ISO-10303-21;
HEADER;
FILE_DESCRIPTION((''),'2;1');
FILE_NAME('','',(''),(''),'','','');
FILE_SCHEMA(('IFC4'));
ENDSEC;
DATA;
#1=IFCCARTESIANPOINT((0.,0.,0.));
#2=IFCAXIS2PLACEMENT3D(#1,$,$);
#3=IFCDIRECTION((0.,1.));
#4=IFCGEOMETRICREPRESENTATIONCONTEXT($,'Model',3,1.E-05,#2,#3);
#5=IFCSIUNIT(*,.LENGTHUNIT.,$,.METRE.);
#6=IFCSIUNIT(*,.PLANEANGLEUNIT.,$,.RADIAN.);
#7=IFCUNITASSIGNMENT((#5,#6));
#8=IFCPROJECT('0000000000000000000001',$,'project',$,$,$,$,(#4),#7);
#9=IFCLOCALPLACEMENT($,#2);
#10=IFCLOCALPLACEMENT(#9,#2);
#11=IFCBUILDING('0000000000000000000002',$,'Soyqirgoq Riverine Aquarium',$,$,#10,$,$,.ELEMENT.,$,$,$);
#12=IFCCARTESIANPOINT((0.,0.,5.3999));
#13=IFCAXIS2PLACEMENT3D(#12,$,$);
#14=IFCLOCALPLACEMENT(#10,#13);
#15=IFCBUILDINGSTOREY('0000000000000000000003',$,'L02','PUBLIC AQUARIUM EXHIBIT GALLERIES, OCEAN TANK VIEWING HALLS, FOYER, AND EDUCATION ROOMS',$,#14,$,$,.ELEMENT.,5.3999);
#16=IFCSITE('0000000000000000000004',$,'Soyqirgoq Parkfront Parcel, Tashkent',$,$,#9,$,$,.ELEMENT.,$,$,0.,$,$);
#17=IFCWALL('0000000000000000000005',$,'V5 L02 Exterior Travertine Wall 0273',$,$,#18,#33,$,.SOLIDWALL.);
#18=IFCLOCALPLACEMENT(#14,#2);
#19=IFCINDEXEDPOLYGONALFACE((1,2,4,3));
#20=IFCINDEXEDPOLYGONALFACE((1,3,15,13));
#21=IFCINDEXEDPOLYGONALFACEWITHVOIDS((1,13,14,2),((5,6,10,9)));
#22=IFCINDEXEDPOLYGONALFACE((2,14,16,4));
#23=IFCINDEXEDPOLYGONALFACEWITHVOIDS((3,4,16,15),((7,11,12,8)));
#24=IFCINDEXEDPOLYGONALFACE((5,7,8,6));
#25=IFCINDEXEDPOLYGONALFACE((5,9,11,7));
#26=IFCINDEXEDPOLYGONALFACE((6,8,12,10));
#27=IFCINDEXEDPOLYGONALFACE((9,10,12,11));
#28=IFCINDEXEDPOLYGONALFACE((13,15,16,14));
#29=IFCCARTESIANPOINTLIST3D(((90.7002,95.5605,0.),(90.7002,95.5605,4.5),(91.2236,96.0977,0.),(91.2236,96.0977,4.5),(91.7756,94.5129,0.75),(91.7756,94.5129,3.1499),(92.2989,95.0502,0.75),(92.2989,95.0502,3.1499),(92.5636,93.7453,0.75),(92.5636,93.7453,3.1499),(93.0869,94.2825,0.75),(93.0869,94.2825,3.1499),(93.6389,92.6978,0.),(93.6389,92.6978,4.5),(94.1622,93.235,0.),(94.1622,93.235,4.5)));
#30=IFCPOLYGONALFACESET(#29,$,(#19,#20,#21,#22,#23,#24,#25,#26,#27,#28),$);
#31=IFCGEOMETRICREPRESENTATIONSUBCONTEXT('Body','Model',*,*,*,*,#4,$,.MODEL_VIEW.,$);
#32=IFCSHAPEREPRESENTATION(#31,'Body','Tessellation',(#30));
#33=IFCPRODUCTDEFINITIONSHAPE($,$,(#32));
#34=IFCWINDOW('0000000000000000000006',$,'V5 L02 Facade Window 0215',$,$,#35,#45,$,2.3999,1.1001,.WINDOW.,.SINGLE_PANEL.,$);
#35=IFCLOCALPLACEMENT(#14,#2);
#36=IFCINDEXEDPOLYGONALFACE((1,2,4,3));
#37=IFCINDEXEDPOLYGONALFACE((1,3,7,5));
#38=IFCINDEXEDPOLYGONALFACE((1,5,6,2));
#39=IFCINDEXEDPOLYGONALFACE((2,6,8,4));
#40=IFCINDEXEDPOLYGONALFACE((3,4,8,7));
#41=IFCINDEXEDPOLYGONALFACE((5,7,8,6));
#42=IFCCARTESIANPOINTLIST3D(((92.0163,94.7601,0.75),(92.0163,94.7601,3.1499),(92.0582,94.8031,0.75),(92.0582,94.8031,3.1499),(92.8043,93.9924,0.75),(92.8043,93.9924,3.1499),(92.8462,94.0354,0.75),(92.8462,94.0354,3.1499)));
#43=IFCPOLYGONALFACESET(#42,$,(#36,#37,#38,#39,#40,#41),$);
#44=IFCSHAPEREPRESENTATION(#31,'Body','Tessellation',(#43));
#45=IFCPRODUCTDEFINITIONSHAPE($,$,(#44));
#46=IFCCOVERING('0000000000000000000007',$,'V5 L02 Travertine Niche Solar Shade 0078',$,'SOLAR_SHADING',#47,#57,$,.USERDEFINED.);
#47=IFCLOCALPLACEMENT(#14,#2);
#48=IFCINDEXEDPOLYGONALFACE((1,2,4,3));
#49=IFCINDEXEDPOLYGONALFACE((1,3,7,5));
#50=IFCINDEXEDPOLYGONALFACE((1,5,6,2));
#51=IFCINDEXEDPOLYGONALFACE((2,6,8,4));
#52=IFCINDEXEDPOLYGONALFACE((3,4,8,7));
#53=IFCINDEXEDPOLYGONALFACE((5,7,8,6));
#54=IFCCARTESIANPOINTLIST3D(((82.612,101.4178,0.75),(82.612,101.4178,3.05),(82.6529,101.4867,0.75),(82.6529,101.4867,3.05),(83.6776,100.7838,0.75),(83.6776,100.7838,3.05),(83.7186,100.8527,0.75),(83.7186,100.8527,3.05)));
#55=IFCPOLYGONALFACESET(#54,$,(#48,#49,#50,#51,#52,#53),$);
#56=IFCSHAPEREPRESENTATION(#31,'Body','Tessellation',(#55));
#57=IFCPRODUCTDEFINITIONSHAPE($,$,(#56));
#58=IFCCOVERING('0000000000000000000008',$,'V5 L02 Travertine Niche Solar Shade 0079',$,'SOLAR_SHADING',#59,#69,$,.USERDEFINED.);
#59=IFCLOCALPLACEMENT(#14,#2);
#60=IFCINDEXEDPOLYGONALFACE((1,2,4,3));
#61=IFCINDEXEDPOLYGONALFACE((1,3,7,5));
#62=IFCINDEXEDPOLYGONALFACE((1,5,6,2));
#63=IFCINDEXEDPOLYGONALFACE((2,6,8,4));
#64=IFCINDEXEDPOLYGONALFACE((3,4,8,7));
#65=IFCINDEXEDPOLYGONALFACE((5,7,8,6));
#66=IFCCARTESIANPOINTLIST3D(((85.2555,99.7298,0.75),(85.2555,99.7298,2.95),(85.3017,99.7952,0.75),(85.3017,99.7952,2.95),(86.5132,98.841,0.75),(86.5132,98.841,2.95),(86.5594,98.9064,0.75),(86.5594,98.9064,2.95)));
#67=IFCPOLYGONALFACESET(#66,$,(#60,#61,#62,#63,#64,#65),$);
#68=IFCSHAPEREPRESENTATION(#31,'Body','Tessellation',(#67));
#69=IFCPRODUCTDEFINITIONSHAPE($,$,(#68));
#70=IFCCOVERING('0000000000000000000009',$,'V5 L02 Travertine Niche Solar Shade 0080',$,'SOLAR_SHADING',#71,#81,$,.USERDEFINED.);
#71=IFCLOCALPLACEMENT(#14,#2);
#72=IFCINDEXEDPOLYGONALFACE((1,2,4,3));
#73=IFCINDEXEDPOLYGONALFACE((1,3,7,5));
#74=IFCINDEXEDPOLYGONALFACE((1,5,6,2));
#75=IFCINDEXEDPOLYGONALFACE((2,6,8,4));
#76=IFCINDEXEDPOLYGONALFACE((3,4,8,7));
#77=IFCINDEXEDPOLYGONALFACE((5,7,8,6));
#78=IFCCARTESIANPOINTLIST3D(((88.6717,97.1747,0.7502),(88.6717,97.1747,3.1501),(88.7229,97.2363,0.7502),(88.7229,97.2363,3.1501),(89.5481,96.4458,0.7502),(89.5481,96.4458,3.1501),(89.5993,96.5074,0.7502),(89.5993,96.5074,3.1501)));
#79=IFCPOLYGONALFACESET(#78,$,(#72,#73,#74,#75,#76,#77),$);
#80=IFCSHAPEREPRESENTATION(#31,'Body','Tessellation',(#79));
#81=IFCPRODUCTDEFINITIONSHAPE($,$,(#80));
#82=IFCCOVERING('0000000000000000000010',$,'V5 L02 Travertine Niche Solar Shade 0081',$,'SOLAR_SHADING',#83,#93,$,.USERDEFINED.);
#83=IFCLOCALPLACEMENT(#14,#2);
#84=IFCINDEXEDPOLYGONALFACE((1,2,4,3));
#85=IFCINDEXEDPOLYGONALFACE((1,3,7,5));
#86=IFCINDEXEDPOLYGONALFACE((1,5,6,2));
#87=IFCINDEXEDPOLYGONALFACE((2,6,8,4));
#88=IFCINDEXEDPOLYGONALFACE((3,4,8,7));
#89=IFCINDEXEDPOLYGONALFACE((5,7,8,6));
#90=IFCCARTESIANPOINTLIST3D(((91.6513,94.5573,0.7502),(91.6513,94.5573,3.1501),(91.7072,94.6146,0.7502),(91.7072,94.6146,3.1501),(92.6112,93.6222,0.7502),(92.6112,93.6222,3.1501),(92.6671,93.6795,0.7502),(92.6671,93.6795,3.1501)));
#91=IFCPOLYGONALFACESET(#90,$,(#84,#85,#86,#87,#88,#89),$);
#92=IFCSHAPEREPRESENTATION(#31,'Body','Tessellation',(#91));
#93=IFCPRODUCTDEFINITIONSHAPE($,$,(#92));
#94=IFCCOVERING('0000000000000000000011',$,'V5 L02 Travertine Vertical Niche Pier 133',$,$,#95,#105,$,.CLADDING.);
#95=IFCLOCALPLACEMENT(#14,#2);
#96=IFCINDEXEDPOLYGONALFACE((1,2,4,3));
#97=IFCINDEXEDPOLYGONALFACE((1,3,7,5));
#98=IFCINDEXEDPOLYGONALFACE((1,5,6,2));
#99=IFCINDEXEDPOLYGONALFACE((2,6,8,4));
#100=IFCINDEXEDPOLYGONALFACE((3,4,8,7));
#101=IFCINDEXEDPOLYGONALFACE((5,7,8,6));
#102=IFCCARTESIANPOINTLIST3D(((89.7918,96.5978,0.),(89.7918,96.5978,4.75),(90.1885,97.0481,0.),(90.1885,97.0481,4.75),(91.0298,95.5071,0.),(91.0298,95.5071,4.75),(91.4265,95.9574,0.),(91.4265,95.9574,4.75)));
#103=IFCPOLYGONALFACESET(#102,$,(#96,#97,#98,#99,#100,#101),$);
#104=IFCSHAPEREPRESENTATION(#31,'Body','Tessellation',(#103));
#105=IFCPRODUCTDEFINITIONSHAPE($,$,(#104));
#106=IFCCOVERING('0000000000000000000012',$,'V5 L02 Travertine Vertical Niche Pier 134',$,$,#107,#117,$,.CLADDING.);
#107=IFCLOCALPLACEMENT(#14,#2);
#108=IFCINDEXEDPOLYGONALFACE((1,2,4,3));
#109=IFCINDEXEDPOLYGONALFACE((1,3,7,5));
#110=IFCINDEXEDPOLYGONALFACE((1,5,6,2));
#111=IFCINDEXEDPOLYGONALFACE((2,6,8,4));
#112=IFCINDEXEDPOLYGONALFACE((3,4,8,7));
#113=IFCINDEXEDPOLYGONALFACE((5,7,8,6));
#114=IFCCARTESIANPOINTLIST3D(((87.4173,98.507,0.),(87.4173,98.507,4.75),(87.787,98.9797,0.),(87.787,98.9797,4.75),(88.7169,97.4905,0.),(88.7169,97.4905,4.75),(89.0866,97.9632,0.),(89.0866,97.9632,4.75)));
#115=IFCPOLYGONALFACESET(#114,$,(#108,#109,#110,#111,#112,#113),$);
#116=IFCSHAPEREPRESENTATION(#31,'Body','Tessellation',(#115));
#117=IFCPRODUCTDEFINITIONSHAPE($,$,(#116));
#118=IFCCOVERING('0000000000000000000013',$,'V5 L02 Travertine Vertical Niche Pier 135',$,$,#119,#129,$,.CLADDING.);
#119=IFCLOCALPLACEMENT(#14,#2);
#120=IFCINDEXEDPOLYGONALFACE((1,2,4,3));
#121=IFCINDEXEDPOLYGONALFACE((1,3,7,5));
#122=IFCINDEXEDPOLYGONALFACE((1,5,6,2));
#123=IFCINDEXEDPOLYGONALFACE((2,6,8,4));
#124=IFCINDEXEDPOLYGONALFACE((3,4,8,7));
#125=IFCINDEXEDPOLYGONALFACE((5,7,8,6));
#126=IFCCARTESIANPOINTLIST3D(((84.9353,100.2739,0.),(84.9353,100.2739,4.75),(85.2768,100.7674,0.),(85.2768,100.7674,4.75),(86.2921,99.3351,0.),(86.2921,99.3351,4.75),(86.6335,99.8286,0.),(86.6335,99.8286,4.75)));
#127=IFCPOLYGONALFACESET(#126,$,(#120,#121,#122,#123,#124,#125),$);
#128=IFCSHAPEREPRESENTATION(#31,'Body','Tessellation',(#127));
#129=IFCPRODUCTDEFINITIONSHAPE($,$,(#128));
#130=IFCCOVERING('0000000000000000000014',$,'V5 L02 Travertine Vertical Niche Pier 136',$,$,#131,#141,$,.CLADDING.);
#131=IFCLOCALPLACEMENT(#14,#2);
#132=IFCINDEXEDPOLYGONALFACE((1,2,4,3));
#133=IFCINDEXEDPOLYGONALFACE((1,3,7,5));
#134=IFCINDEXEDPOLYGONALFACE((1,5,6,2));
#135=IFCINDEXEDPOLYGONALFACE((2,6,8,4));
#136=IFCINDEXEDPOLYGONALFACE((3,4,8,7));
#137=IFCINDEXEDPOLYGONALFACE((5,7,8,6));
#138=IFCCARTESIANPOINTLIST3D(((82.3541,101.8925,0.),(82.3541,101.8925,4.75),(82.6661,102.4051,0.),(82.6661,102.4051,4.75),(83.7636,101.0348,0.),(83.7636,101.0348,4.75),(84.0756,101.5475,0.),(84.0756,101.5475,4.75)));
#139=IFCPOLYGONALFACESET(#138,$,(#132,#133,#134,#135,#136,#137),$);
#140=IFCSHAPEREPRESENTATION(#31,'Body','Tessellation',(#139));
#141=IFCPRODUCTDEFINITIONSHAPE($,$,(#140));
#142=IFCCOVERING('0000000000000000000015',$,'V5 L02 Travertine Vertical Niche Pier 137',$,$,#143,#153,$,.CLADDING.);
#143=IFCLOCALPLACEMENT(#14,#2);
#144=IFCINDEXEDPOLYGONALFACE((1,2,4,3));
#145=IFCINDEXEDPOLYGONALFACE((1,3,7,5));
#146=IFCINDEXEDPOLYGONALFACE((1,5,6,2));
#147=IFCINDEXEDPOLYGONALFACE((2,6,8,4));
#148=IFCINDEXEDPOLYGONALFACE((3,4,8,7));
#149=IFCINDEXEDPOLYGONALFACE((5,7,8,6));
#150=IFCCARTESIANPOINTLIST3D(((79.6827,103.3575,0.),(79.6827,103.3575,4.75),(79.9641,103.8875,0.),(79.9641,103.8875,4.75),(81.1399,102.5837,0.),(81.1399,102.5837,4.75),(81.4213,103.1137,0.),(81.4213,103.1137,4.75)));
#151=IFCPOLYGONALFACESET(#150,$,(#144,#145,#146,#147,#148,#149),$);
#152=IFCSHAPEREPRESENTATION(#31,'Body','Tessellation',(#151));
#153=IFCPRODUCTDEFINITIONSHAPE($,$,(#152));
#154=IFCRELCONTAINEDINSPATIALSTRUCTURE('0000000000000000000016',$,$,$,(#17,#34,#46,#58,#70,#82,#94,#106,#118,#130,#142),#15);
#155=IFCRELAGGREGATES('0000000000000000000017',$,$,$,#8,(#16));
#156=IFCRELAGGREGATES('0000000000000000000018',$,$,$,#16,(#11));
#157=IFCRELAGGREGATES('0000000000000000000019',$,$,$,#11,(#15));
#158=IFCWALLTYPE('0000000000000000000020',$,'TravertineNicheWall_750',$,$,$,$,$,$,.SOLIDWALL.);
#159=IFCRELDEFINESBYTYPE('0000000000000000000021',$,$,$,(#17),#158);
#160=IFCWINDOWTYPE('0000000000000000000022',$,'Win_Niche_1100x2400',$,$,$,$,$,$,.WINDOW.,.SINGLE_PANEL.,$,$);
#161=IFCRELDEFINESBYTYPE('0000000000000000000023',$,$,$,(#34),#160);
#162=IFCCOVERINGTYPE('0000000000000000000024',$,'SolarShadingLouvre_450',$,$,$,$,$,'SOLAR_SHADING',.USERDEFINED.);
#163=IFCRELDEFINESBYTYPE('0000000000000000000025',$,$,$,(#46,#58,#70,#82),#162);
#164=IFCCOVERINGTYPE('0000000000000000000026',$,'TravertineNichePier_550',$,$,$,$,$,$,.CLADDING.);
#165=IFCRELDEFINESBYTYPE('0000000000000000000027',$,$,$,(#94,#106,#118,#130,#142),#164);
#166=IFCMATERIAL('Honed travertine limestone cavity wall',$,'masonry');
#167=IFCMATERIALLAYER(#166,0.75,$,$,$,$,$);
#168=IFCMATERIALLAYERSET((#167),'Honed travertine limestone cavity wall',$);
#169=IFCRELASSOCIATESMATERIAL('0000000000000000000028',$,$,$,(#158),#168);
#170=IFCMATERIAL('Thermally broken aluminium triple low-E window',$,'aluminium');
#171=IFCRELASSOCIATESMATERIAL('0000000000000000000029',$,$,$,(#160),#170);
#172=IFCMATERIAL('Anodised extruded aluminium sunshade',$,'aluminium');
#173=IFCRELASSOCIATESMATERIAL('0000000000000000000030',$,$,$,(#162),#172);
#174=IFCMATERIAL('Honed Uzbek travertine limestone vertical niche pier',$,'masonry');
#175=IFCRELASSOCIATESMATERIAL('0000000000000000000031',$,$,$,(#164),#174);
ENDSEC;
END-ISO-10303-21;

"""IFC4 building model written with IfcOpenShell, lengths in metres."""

from ifc_helpers import new_model, si_unit, direction, frame, frame_2d, origin, origin_2d, place, context, subcontext, project, spatial, rectangle, extrude, material, layer, layer_set, type_object, element, fill, save


model = new_model("IFC4")

# Units and contexts
model_context = context("Model", 3, precision=1e-05, world=origin(), true_north=direction((0.0, 1.0)))
body_context = subcontext(model_context, "Body", "Model", "MODEL_VIEW")
ifc_project = project(units=[si_unit("LENGTHUNIT", "METRE"), si_unit("PLANEANGLEUNIT", "RADIAN")], contexts=[model_context])

# Site, building, storey
site_placement = place(None, origin())
site = spatial("IfcSite", under=ifc_project, at=site_placement, Name="Soyqirgoq Parkfront Parcel, Tashkent", CompositionType="ELEMENT", RefElevation=0.0)
building_placement = place(site_placement, origin())
building = spatial("IfcBuilding", under=site, at=building_placement, Name="Soyqirgoq Riverine Aquarium", CompositionType="ELEMENT")
storey_placement = place(building_placement, frame((0.0, 0.0, 5.3999)))
storey = spatial("IfcBuildingStorey", under=building, at=storey_placement, Name="L02", Description="PUBLIC AQUARIUM EXHIBIT GALLERIES, OCEAN TANK VIEWING HALLS, FOYER, AND EDUCATION ROOMS", CompositionType="ELEMENT", Elevation=5.3999)

# Wall, opening, window
ifc_material_1 = material(Name="Honed travertine limestone cavity wall", Category="masonry")
ifc_layer = layer(ifc_material_1, 0.75)
ifc_layer_set = layer_set([ifc_layer], Name="Honed travertine limestone cavity wall")
wall_type = type_object("IfcWallType", Name="TravertineNicheWall_750", PredefinedType="SOLIDWALL", material=ifc_layer_set)
wall_1_placement = place(storey_placement, frame((90.9619, 95.8291, 0.0), z_axis=(0.0, 0.0, 1.0), x_axis=(0.7163, -0.697793, 0.0)))
wall_1 = element("IfcWall", 1, at=wall_1_placement, inside=storey, type_object=wall_type, Name="V5 L02 Exterior Travertine Wall 0273", PredefinedType="SOLIDWALL", context=body_context, shape_type="SweptSolid", body=[
    extrude(rectangle(XDim=4.1025, YDim=0.75, at=frame_2d((2.0513, 0.0))), origin(), (0.0, 0.0, 1.0), 4.5),
])
opening_1_placement = place(wall_1_placement, frame((1.5012, 0.0, 0.75)))
opening_1 = element("IfcOpeningElement", 2, at=opening_1_placement, cuts=wall_1, PredefinedType="OPENING", context=body_context, shape_type="SweptSolid", body=[
    extrude(rectangle(XDim=1.1001, YDim=2.3999, at=frame_2d((0.55, 1.2))), frame((0.0, 0.385, 0.0), z_axis=(0.0, -1.0, 0.0), x_axis=(1.0, 0.0, 0.0)), (0.0, 0.0, 1.0), 0.77),
])
ifc_material_2 = material(Name="Thermally broken aluminium triple low-E window", Category="aluminium")
window_type_1 = type_object("IfcWindowType", Name="Win_Niche_1100x2400", PartitioningType="SINGLE_PANEL", PredefinedType="WINDOW", material=ifc_material_2)
window_1_placement = place(opening_1_placement, origin())
window_1 = element("IfcWindow", 3, at=window_1_placement, inside=storey, type_object=window_type_1, Name="V5 L02 Facade Window 0215", OverallHeight=2.3999, OverallWidth=1.1001, PartitioningType="SINGLE_PANEL", PredefinedType="WINDOW", context=body_context, shape_type="SweptSolid", body=[
    extrude(rectangle(XDim=1.1001, YDim=2.3999, at=frame_2d((0.55, 1.2))), frame((0.0, 0.03, 0.0), z_axis=(0.0, -1.0, 0.0), x_axis=(1.0, 0.0, 0.0)), (0.0, 0.0, 1.0), 0.0601),
])
fill(opening_1, window_1)

# Coverings
ifc_material_3 = material(Name="Anodised extruded aluminium sunshade", Category="aluminium")
covering_type_1 = type_object("IfcCoveringType", Name="SolarShadingLouvre_450", ElementType="SOLAR_SHADING", PredefinedType="USERDEFINED", material=ifc_material_3)
covering_1_placement = place(storey_placement, frame((83.1653, 101.1353, 0.75), z_axis=(0.0, 0.0, 1.0), x_axis=(0.859406, -0.511293, 0.0)))
element("IfcCovering", 4, at=covering_1_placement, inside=storey, type_object=covering_type_1, Name="V5 L02 Travertine Niche Solar Shade 0078", ObjectType="SOLAR_SHADING", PredefinedType="USERDEFINED", context=body_context, shape_type="SweptSolid", body=[
    extrude(rectangle(XDim=1.24, YDim=0.0801, at=origin_2d()), origin(), (0.0, 0.0, 1.0), 2.3),
])
covering_2_placement = place(storey_placement, frame((85.9075, 99.3181, 0.75), z_axis=(0.0, 0.0, 1.0), x_axis=(0.816642, -0.577145, 0.0)))
element("IfcCovering", 5, at=covering_2_placement, inside=storey, type_object=covering_type_1, Name="V5 L02 Travertine Niche Solar Shade 0079", ObjectType="SOLAR_SHADING", PredefinedType="USERDEFINED", context=body_context, shape_type="SweptSolid", body=[
    extrude(rectangle(XDim=1.54, YDim=0.0801, at=origin_2d()), origin(), (0.0, 0.0, 1.0), 2.2),
])
covering_3_placement = place(storey_placement, frame((89.1355, 96.8411, 0.7502), z_axis=(0.0, 0.0, 1.0), x_axis=(0.768842, -0.639439, 0.0)))
element("IfcCovering", 6, at=covering_3_placement, inside=storey, type_object=covering_type_1, Name="V5 L02 Travertine Niche Solar Shade 0080", ObjectType="SOLAR_SHADING", PredefinedType="USERDEFINED", context=body_context, shape_type="SweptSolid", body=[
    extrude(rectangle(XDim=1.1399, YDim=0.0801, at=origin_2d()), origin(), (0.0, 0.0, 1.0), 2.3999),
])
covering_4_placement = place(storey_placement, frame((92.1592, 94.1184, 0.7502), z_axis=(0.0, 0.0, 1.0), x_axis=(0.716302, -0.69779, 0.0)))
element("IfcCovering", 7, at=covering_4_placement, inside=storey, type_object=covering_type_1, Name="V5 L02 Travertine Niche Solar Shade 0081", ObjectType="SOLAR_SHADING", PredefinedType="USERDEFINED", context=body_context, shape_type="SweptSolid", body=[
    extrude(rectangle(XDim=1.3401, YDim=0.0801, at=origin_2d()), origin(), (0.0, 0.0, 1.0), 2.3999),
])
ifc_material_4 = material(Name="Honed Uzbek travertine limestone vertical niche pier", Category="masonry")
covering_type_2 = type_object("IfcCoveringType", Name="TravertineNichePier_550", PredefinedType="CLADDING", material=ifc_material_4)
for number, where, z_axis, x_axis, name in (
    (8, (90.6091, 96.2776, 0.0), (0.0, 0.0, 1.0), (0.66105, 0.750342, 0.0), "V5 L02 Travertine Vertical Niche Pier 133"),
    (9, (88.252, 98.2351, 0.0), (0.0, 0.0, 1.0), (0.616074, 0.787688, 0.0), "V5 L02 Travertine Vertical Niche Pier 134"),
    (10, (85.7844, 100.0513, 0.0), (0.0, 0.0, 1.0), (0.568993, 0.822343, 0.0), "V5 L02 Travertine Vertical Niche Pier 135"),
    (11, (83.2148, 101.72, 0.0), (0.0, 0.0, 1.0), (0.519817, 0.854277, 0.0), "V5 L02 Travertine Vertical Niche Pier 136"),
    (12, (80.552, 103.2356, 0.0), (0.0, 0.0, 1.0), (0.469009, 0.883193, 0.0), "V5 L02 Travertine Vertical Niche Pier 137"),
):
    element("IfcCovering", number, at=place(storey_placement, frame(where, z_axis=z_axis, x_axis=x_axis)), inside=storey, type_object=covering_type_2, Name=name, PredefinedType="CLADDING", context=body_context, shape_type="SweptSolid", body=[
        extrude(rectangle(XDim=0.6001, YDim=1.6499, at=origin_2d()), origin(), (0.0, 0.0, 1.0), 4.75),
    ])

save(model, "model.ifc")
